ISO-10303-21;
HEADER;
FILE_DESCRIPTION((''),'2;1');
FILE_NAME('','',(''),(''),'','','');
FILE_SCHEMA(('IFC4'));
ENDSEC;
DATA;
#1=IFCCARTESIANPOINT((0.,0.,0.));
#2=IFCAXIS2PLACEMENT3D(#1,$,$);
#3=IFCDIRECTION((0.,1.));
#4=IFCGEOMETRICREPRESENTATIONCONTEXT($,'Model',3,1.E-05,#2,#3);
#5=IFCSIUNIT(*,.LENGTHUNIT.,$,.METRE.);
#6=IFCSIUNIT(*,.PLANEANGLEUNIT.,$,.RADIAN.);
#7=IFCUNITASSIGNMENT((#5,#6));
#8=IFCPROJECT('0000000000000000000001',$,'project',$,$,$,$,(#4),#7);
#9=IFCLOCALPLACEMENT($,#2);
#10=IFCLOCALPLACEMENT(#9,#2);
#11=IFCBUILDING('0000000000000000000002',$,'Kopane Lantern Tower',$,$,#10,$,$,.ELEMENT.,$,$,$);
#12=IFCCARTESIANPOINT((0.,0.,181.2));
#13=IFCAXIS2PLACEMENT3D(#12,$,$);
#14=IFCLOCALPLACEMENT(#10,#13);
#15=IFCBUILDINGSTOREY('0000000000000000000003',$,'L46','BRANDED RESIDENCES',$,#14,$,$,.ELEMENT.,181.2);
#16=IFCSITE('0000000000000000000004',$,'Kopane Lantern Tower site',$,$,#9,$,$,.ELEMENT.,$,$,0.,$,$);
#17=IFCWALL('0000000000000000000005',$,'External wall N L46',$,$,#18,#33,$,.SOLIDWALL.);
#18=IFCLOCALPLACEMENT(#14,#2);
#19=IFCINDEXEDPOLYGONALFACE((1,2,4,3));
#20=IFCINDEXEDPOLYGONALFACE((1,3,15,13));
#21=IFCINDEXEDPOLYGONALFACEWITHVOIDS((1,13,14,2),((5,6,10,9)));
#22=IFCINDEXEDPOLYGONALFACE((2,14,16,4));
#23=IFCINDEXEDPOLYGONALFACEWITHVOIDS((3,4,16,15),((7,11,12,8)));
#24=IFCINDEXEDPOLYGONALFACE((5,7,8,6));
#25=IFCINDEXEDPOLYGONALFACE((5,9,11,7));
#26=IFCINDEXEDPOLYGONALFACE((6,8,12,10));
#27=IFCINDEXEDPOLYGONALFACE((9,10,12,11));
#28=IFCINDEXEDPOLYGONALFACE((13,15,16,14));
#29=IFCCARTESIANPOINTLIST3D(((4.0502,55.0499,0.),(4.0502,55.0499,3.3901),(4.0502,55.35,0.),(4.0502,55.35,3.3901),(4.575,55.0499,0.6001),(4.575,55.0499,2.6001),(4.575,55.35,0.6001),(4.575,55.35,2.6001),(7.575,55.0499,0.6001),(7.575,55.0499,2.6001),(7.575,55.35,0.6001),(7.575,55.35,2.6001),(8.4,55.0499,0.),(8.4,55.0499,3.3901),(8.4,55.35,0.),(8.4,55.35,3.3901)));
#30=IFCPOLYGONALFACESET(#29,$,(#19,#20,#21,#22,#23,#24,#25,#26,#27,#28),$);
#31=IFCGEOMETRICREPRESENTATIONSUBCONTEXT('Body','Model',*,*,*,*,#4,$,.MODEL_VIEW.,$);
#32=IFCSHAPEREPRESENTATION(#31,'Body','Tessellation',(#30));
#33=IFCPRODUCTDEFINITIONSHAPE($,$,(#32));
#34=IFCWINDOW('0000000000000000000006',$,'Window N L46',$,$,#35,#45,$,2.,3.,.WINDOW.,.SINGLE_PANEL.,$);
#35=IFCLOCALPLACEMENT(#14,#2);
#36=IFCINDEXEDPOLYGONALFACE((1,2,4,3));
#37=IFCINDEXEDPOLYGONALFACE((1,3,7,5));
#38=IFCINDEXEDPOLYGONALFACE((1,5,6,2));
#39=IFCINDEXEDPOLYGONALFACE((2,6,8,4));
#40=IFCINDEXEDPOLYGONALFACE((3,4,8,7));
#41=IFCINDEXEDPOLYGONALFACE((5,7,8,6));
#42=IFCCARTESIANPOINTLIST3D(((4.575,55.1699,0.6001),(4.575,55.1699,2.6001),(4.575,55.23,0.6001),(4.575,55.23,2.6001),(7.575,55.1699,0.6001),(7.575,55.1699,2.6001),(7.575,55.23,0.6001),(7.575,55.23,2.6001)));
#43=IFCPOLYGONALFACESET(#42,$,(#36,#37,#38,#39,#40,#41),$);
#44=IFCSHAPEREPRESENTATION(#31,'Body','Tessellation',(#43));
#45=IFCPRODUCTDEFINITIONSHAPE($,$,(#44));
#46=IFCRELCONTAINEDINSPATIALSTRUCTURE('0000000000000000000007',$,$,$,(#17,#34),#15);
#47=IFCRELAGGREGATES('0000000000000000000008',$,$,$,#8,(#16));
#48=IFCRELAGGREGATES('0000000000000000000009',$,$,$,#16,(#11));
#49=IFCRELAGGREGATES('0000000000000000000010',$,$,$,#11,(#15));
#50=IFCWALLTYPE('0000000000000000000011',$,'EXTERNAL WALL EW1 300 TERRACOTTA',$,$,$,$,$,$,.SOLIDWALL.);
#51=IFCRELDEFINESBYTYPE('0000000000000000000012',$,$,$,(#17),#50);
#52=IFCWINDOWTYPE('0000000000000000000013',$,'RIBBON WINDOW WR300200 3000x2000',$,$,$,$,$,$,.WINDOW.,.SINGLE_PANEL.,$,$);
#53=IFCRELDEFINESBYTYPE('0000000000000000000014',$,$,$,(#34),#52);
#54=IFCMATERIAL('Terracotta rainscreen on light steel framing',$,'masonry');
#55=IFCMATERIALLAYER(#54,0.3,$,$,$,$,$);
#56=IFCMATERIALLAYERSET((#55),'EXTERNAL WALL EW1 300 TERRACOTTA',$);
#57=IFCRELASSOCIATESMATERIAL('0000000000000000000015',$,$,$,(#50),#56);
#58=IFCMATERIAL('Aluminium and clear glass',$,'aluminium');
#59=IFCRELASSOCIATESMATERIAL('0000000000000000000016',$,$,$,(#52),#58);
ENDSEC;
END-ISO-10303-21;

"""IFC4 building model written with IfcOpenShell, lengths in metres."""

from ifc_helpers import new_model, si_unit, direction, frame, frame_2d, origin, place, context, subcontext, project, spatial, rectangle, extrude, material, layer, layer_set, type_object, element, fill, save


model = new_model("IFC4")

# Units and contexts
model_context = context("Model", 3, precision=1e-05, world=origin(), true_north=direction((0.0, 1.0)))
body_context = subcontext(model_context, "Body", "Model", "MODEL_VIEW")
ifc_project = project(units=[si_unit("LENGTHUNIT", "METRE"), si_unit("PLANEANGLEUNIT", "RADIAN")], contexts=[model_context])

# Site, building, storey
site_placement = place(None, origin())
site = spatial("IfcSite", under=ifc_project, at=site_placement, Name="Kopane Lantern Tower site", CompositionType="ELEMENT", RefElevation=0.0)
building_placement = place(site_placement, origin())
building = spatial("IfcBuilding", under=site, at=building_placement, Name="Kopane Lantern Tower", CompositionType="ELEMENT")
storey_placement = place(building_placement, frame((0.0, 0.0, 181.2)))
storey = spatial("IfcBuildingStorey", under=building, at=storey_placement, Name="L46", Description="BRANDED RESIDENCES", CompositionType="ELEMENT", Elevation=181.2)

# Wall, opening, window
ifc_material_1 = material(Name="Terracotta rainscreen on light steel framing", Category="masonry")
ifc_layer = layer(ifc_material_1, 0.3)
ifc_layer_set = layer_set([ifc_layer], Name="EXTERNAL WALL EW1 300 TERRACOTTA")
wall_type = type_object("IfcWallType", Name="EXTERNAL WALL EW1 300 TERRACOTTA", PredefinedType="SOLIDWALL", material=ifc_layer_set)
ifc_material_2 = material(Name="Aluminium and clear glass", Category="aluminium")
window_type = type_object("IfcWindowType", Name="RIBBON WINDOW WR300200 3000x2000", PartitioningType="SINGLE_PANEL", PredefinedType="WINDOW", material=ifc_material_2)
wall_1_placement = place(storey_placement, frame((8.3999, 55.2, 0.0), z_axis=(0.0, 0.0, 1.0), x_axis=(-1.0, 0.0, 0.0)))
wall_1 = element("IfcWall", 1, at=wall_1_placement, inside=storey, type_object=wall_type, Name="External wall N L46", PredefinedType="SOLIDWALL", context=body_context, shape_type="SweptSolid", body=[
    extrude(rectangle(XDim=4.3499, YDim=0.3, at=frame_2d((2.1748, 0.0))), origin(), (0.0, 0.0, 1.0), 3.3901),
])
opening_1_placement = place(wall_1_placement, frame((0.825, 0.0, 0.6001)))
opening_1 = element("IfcOpeningElement", 2, at=opening_1_placement, cuts=wall_1, PredefinedType="OPENING", context=body_context, shape_type="SweptSolid", body=[
    extrude(rectangle(XDim=3.0, YDim=2.0, at=frame_2d((1.5, 1.0))), frame((0.0, 0.1599, 0.0), z_axis=(0.0, -1.0, 0.0), x_axis=(1.0, 0.0, 0.0)), (0.0, 0.0, 1.0), 0.3201),
])
window_1_placement = place(opening_1_placement, origin())
window_1 = element("IfcWindow", 3, at=window_1_placement, inside=storey, type_object=window_type, Name="Window N L46", OverallHeight=2.0, OverallWidth=3.0, PartitioningType="SINGLE_PANEL", PredefinedType="WINDOW", context=body_context, shape_type="SweptSolid", body=[
    extrude(rectangle(XDim=3.0, YDim=2.0, at=frame_2d((1.5, 1.0))), frame((0.0, 0.03, 0.0), z_axis=(0.0, -1.0, 0.0), x_axis=(1.0, 0.0, 0.0)), (0.0, 0.0, 1.0), 0.0601),
])
fill(opening_1, window_1)

save(model, "model.ifc")
